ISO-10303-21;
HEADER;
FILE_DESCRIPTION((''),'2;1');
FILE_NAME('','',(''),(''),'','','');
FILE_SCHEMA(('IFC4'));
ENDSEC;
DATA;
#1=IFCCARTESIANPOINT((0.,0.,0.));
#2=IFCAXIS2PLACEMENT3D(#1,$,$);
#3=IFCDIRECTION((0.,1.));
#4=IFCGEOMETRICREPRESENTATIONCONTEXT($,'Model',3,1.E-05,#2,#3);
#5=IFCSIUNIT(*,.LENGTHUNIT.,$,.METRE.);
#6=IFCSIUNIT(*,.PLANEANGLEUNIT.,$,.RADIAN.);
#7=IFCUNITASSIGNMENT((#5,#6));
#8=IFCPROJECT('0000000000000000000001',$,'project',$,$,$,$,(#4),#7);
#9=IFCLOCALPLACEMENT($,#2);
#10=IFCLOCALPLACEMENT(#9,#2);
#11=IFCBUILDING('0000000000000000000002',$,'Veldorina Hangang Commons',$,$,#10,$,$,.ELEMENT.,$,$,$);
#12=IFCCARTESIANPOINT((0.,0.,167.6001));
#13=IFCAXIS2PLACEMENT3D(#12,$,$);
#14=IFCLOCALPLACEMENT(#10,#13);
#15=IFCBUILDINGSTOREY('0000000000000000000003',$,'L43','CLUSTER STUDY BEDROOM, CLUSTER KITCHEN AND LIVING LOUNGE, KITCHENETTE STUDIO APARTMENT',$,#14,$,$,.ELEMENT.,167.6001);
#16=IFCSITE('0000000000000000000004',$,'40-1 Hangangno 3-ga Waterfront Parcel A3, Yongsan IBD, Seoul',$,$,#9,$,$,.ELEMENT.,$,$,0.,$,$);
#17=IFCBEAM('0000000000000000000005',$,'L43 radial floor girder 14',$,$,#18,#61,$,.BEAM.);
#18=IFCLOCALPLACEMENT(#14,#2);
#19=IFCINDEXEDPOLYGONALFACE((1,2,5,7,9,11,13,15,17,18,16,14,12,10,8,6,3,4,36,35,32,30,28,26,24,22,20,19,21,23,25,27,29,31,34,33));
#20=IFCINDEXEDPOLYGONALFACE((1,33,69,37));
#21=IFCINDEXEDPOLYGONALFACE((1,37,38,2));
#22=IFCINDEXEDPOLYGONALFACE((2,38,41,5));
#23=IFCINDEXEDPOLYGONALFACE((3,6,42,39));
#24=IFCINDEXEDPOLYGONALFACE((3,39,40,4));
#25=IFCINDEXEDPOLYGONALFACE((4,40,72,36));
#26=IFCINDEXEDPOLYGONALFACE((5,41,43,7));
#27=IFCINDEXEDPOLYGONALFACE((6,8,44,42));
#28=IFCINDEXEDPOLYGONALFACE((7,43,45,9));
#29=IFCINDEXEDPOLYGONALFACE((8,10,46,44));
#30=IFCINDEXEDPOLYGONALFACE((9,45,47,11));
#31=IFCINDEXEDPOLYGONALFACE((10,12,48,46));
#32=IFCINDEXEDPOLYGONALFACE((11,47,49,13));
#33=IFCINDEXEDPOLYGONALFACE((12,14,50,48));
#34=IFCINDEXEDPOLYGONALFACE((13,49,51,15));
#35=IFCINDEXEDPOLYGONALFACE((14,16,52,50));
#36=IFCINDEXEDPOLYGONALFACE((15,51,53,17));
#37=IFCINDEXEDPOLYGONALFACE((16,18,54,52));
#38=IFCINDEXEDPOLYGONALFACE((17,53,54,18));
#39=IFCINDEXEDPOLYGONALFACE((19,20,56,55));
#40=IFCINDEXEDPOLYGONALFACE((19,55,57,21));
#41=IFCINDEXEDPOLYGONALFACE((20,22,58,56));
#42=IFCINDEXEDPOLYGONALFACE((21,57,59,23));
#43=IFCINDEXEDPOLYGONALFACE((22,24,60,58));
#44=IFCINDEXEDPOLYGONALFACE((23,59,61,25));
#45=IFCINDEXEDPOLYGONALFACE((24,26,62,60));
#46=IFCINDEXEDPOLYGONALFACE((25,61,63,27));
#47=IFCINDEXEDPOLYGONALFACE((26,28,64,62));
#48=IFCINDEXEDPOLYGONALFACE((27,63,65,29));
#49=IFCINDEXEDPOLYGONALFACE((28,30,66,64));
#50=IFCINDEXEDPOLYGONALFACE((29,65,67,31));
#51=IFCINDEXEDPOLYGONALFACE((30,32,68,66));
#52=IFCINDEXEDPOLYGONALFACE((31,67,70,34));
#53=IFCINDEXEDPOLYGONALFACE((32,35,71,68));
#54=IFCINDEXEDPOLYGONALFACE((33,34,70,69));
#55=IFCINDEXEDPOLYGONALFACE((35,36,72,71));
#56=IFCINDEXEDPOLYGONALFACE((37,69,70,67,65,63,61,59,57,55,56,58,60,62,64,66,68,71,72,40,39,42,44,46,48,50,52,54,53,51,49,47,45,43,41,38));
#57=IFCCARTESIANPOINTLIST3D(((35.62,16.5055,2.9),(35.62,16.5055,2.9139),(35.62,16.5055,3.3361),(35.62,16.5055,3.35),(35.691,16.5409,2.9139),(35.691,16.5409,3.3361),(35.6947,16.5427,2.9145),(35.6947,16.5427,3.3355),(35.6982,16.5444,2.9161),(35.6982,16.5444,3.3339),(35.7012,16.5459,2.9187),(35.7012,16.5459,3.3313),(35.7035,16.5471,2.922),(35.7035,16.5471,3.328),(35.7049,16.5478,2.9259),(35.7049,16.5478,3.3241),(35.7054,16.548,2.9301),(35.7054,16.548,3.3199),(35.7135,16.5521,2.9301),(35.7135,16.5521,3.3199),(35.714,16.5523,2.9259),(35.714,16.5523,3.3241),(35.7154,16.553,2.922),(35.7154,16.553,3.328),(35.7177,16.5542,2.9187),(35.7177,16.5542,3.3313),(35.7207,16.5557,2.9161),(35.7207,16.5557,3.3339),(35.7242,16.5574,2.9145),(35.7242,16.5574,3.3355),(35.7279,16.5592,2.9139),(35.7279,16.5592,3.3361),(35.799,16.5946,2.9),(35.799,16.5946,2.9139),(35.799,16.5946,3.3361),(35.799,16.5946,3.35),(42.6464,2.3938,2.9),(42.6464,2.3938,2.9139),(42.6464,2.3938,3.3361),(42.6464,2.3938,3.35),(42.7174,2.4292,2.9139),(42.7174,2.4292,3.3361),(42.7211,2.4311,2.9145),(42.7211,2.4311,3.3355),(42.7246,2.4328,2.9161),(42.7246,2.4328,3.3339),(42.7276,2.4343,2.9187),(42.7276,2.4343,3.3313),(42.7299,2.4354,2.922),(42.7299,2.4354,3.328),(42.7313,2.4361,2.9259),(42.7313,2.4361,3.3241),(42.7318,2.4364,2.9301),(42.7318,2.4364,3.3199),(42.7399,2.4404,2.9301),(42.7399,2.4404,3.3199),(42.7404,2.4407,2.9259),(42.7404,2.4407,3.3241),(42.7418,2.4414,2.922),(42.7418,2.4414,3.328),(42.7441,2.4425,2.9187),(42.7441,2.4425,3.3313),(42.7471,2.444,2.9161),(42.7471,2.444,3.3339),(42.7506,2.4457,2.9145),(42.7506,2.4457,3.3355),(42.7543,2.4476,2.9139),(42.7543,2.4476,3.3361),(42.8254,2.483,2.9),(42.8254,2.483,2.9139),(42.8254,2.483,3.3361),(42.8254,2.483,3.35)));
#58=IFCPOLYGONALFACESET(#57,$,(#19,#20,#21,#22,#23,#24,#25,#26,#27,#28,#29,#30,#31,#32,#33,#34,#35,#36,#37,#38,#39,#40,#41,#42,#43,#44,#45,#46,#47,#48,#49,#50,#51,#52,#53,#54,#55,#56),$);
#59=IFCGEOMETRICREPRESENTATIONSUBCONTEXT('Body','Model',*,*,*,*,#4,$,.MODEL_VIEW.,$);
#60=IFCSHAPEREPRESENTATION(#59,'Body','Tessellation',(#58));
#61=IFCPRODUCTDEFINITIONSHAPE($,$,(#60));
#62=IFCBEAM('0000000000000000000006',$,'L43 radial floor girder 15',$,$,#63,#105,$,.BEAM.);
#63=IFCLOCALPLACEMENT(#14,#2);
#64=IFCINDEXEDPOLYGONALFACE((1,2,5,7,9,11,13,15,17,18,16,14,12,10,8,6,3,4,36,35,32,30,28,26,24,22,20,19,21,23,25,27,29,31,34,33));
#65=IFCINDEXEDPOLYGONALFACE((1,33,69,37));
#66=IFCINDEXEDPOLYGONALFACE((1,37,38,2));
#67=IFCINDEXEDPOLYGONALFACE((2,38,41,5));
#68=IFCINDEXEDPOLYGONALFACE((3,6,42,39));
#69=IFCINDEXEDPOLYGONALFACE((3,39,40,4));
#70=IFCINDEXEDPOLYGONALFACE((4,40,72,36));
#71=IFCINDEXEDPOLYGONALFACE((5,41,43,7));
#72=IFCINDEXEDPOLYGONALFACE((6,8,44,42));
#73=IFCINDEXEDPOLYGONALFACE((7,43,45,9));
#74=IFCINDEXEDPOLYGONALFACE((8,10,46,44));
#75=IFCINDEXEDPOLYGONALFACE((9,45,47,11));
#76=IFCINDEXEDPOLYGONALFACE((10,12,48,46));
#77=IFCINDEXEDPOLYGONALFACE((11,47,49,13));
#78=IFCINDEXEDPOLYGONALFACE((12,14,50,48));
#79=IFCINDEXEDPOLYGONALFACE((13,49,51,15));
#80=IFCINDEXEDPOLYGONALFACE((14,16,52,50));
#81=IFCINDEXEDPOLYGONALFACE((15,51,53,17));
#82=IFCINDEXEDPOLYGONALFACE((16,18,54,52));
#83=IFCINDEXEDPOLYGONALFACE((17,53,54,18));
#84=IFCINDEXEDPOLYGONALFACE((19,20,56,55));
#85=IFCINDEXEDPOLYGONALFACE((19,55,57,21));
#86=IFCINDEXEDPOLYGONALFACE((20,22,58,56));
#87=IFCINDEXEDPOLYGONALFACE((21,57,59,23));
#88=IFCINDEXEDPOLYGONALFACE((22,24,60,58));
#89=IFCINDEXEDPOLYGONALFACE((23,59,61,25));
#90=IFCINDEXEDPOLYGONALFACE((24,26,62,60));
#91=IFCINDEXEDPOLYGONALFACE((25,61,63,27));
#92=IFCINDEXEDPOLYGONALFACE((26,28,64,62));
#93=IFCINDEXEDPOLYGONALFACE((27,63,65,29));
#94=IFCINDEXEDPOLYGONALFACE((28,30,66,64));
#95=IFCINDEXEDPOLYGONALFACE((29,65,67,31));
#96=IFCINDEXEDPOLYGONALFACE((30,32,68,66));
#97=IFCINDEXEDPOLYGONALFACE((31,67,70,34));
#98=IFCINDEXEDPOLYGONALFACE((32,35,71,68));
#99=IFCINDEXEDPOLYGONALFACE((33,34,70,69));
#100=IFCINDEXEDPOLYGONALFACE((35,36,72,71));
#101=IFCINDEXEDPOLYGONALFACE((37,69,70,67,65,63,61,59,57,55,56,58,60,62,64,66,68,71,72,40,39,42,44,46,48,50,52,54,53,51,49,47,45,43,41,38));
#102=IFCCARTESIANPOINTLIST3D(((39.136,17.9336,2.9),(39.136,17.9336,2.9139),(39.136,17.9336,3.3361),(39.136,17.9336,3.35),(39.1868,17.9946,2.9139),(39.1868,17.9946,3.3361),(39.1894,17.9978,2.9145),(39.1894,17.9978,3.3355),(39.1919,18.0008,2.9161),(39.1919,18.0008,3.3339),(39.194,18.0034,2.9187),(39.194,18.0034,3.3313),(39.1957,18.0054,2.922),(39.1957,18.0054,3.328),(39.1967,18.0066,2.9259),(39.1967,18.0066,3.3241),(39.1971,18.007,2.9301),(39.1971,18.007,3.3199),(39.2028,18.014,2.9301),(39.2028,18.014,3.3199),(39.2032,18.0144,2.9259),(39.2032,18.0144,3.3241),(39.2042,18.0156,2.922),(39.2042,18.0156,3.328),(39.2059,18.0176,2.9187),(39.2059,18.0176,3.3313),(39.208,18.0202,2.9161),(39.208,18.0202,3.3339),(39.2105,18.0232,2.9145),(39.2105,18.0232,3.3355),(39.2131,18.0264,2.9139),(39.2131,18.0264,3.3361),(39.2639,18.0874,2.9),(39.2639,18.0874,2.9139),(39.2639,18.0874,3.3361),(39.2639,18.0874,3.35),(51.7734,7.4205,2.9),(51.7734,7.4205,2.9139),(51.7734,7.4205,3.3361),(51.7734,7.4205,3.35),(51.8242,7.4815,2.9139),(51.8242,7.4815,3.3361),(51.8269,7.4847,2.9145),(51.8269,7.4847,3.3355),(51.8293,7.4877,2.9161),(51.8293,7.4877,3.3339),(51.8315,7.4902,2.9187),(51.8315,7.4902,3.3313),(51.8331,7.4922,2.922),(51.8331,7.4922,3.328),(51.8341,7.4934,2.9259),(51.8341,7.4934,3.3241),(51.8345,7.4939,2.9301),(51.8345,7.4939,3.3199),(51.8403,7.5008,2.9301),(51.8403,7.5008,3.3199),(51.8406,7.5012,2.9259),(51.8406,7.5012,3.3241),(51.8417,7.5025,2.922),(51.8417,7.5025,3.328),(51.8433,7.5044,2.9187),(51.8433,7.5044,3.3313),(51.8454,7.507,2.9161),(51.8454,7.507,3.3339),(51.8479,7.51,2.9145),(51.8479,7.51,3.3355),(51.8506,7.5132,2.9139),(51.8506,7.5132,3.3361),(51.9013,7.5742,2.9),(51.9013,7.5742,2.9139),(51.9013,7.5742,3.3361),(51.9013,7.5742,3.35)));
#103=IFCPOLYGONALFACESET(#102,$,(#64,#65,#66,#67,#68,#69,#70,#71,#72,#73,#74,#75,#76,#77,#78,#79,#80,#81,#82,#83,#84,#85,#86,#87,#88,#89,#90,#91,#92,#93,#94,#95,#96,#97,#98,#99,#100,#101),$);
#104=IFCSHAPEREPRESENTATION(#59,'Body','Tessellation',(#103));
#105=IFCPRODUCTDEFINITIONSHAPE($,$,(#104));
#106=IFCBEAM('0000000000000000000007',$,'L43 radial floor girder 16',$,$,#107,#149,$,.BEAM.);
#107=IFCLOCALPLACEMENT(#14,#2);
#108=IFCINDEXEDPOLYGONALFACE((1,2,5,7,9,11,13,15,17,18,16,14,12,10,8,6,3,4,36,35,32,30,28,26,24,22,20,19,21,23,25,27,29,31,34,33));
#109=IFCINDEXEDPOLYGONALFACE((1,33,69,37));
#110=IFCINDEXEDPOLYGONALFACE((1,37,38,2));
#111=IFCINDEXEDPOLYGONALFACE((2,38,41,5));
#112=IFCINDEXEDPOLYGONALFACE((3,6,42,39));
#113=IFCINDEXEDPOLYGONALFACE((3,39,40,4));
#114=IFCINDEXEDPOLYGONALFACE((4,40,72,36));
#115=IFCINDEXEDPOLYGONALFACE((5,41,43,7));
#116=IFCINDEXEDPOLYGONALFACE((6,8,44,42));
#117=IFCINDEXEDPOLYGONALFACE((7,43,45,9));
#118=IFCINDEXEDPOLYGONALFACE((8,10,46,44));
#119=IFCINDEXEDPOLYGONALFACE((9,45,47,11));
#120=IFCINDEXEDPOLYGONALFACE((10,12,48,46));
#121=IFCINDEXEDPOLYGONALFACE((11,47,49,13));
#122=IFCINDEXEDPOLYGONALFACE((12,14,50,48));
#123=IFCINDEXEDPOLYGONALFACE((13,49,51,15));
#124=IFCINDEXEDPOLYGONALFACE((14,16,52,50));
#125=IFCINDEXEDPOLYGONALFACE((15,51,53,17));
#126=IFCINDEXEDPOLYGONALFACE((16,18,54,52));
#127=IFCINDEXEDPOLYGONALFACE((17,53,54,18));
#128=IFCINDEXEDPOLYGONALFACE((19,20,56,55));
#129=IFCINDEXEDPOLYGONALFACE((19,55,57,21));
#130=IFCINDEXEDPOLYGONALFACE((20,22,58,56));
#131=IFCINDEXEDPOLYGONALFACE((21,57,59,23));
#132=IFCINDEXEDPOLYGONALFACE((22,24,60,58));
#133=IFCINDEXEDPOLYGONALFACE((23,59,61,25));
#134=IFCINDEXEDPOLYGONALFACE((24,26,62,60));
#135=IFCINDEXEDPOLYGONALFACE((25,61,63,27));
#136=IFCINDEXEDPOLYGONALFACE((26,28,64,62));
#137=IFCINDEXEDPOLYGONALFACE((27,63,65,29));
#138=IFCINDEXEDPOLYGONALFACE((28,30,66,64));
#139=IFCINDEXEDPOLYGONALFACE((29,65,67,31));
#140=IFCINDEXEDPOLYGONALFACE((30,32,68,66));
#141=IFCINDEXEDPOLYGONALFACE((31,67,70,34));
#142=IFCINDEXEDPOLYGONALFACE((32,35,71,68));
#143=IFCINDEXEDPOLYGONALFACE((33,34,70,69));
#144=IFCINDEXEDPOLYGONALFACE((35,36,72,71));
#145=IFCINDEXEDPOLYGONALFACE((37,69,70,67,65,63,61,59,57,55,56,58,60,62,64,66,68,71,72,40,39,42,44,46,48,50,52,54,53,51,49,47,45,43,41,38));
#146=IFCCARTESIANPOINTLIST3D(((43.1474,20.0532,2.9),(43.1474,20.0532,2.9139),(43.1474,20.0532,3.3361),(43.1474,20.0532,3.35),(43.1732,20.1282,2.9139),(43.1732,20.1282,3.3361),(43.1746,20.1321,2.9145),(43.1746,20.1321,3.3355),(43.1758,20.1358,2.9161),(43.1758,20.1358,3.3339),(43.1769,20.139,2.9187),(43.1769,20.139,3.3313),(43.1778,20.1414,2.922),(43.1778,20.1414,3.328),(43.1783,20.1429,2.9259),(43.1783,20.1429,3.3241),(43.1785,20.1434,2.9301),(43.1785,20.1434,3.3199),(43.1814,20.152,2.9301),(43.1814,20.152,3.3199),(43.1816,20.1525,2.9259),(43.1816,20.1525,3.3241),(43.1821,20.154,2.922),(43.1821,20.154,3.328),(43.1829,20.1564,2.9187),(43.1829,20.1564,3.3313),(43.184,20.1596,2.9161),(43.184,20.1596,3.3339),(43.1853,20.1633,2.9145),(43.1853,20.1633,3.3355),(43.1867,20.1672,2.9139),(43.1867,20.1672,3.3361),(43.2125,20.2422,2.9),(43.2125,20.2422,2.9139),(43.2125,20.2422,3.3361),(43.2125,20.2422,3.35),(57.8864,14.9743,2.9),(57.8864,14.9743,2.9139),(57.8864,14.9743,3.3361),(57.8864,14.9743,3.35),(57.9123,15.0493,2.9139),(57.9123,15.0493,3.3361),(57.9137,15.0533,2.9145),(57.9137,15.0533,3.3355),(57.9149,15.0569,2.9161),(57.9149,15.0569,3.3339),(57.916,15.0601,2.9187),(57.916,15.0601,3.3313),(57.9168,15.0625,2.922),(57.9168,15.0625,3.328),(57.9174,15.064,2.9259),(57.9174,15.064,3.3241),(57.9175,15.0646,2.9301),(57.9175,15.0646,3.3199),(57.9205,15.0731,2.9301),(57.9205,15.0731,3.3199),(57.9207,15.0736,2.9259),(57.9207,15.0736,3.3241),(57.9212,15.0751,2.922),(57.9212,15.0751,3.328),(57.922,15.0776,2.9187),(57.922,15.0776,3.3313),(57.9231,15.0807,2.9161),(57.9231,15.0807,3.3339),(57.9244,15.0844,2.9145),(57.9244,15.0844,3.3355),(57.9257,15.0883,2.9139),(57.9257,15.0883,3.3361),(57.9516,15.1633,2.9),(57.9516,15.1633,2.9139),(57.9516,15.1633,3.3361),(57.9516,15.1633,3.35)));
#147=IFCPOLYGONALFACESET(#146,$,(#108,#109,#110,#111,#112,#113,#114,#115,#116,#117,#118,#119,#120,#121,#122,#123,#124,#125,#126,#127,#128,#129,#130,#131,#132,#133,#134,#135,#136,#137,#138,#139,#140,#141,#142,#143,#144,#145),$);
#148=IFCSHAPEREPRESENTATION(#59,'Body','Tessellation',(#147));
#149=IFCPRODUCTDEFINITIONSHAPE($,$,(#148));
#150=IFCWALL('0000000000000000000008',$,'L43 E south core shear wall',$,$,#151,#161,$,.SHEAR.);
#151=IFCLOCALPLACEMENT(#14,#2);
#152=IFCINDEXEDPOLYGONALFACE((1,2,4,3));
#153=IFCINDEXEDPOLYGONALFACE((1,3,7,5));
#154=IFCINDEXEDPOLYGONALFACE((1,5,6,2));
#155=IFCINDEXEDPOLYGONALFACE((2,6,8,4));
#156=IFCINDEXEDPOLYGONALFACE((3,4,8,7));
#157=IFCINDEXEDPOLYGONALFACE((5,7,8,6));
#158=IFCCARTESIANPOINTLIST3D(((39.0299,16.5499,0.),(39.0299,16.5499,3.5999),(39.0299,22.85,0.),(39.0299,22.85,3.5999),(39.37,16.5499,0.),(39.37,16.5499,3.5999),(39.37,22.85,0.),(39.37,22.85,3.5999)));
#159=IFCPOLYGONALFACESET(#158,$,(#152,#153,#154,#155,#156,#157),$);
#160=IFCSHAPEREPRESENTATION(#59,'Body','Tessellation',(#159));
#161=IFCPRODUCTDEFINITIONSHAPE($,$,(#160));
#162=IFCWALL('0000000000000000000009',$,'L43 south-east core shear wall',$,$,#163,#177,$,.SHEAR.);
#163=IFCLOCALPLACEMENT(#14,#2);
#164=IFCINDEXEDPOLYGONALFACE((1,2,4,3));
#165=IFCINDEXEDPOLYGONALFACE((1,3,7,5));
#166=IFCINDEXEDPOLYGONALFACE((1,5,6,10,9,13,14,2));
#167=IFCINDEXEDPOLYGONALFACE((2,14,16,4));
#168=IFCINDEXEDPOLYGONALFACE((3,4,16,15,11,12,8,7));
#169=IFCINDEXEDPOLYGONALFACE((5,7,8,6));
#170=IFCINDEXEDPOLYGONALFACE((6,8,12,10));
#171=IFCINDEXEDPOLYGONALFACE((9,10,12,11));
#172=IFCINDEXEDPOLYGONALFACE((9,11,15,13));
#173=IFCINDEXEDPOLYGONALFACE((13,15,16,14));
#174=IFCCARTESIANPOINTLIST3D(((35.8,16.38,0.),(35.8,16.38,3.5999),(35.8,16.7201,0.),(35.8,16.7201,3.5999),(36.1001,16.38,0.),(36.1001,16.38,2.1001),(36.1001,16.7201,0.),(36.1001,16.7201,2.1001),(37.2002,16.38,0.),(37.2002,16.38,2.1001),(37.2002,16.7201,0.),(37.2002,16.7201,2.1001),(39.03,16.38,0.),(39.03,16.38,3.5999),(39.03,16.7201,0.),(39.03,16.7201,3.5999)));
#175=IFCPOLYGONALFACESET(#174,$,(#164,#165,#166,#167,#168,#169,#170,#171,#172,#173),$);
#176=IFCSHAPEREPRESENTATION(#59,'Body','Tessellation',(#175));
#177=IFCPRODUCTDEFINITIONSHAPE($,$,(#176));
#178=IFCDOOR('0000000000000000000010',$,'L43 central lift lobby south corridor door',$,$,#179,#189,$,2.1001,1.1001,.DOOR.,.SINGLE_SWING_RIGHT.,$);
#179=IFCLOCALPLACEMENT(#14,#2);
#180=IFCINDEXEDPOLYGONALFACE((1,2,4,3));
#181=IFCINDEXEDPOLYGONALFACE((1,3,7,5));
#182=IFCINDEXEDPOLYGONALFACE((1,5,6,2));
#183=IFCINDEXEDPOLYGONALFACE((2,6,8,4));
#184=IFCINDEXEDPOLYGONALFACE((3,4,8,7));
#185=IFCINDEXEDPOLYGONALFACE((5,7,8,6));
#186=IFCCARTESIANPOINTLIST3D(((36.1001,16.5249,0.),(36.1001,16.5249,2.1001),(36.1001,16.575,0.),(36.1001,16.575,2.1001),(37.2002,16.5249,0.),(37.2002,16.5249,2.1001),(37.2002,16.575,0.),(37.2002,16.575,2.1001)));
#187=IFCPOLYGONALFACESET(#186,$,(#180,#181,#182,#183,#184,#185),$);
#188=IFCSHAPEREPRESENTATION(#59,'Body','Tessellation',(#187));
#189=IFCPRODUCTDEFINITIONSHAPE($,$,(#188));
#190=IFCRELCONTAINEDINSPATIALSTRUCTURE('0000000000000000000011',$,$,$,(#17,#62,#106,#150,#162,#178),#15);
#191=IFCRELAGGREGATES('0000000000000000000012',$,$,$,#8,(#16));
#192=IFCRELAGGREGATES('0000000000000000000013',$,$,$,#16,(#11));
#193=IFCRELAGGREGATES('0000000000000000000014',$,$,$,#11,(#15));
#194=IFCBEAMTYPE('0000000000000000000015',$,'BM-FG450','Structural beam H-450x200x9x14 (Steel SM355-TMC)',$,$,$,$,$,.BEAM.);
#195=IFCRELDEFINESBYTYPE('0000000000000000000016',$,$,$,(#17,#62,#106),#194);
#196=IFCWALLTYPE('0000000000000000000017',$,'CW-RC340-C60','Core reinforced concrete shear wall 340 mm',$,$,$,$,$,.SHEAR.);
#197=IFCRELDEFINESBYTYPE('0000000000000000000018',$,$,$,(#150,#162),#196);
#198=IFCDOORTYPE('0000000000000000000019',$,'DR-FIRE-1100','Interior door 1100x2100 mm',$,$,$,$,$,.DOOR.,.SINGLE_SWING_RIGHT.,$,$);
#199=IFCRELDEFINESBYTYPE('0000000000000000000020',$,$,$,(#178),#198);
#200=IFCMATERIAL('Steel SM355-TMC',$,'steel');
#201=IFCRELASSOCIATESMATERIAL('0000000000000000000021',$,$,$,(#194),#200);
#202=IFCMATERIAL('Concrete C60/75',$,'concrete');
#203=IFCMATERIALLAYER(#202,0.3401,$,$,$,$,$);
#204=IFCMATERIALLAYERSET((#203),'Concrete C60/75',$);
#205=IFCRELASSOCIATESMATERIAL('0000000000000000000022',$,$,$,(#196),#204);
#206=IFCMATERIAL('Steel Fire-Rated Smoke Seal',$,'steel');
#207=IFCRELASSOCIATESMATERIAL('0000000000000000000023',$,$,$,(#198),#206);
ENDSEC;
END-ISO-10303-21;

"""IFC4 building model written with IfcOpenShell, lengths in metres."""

from ifc_helpers import new_model, si_unit, direction, frame, frame_2d, origin, origin_2d, place, context, subcontext, project, spatial, rectangle, i_section, extrude, material, layer, layer_set, material_profile, profile_set, type_object, element, fill, save


model = new_model("IFC4")

# Units and contexts
model_context = context("Model", 3, precision=1e-05, world=origin(), true_north=direction((0.0, 1.0)))
body_context = subcontext(model_context, "Body", "Model", "MODEL_VIEW")
ifc_project = project(units=[si_unit("LENGTHUNIT", "METRE"), si_unit("PLANEANGLEUNIT", "RADIAN")], contexts=[model_context])

# Site, building, storey
site_placement = place(None, origin())
site = spatial("IfcSite", under=ifc_project, at=site_placement, Name="40-1 Hangangno 3-ga Waterfront Parcel A3, Yongsan IBD, Seoul", CompositionType="ELEMENT", RefElevation=0.0)
building_placement = place(site_placement, origin())
building = spatial("IfcBuilding", under=site, at=building_placement, Name="Veldorina Hangang Commons", CompositionType="ELEMENT")
storey_placement = place(building_placement, frame((0.0, 0.0, 167.6001)))
storey = spatial("IfcBuildingStorey", under=building, at=storey_placement, Name="L43", Description="CLUSTER STUDY BEDROOM, CLUSTER KITCHEN AND LIVING LOUNGE, KITCHENETTE STUDIO APARTMENT", CompositionType="ELEMENT", Elevation=167.6001)

# Beams
ifc_material_1 = material(Name="Steel SM355-TMC", Category="steel")
ifc_material_profile = material_profile(ifc_material_1, i_section(OverallWidth=0.2, OverallDepth=0.45, WebThickness=0.009, FlangeThickness=0.0139, FilletRadius=0.0161, at=origin_2d()), Name="H-450x200x9x14")
ifc_profile_set = profile_set([ifc_material_profile], Name="Steel SM355-TMC")
beam_type = type_object("IfcBeamType", Name="BM-FG450", Description="Structural beam H-450x200x9x14 (Steel SM355-TMC)", PredefinedType="BEAM", material=ifc_profile_set)
beam_1_placement = place(storey_placement, frame((35.7095, 16.55, 3.125), z_axis=(0.44572, -0.895172, 0.0), x_axis=(0.895172, 0.44572, 0.0)))
element("IfcBeam", 1, at=beam_1_placement, inside=storey, type_object=beam_type, Name="L43 radial floor girder 14", PredefinedType="BEAM", context=body_context, shape_type="SweptSolid", body=[
    extrude(i_section(OverallWidth=0.2, OverallDepth=0.45, WebThickness=0.009, FlangeThickness=0.0139, FilletRadius=0.0161, at=origin_2d()), origin(), (0.0, 0.0, 1.0), 15.7642),
])
beam_2_placement = place(storey_placement, frame((39.2, 18.0105, 3.125), z_axis=(0.76876, -0.639537, 0.0), x_axis=(0.639537, 0.76876, 0.0)))
element("IfcBeam", 2, at=beam_2_placement, inside=storey, type_object=beam_type, Name="L43 radial floor girder 15", PredefinedType="BEAM", context=body_context, shape_type="SweptSolid", body=[
    extrude(i_section(OverallWidth=0.2, OverallDepth=0.45, WebThickness=0.009, FlangeThickness=0.0139, FilletRadius=0.0161, at=origin_2d()), origin(), (0.0, 0.0, 1.0), 16.4387),
])
beam_3_placement = place(storey_placement, frame((43.1799, 20.1477, 3.125), z_axis=(0.945443, -0.325787, 0.0), x_axis=(0.325787, 0.945443, 0.0)))
element("IfcBeam", 3, at=beam_3_placement, inside=storey, type_object=beam_type, Name="L43 radial floor girder 16", PredefinedType="BEAM", context=body_context, shape_type="SweptSolid", body=[
    extrude(i_section(OverallWidth=0.2, OverallDepth=0.45, WebThickness=0.009, FlangeThickness=0.0139, FilletRadius=0.0161, at=origin_2d()), origin(), (0.0, 0.0, 1.0), 15.5896),
])

# Wall
ifc_material_2 = material(Name="Concrete C60/75", Category="concrete")
ifc_layer_1 = layer(ifc_material_2, 0.3401)
ifc_layer_set_1 = layer_set([ifc_layer_1], Name="Concrete C60/75")
wall_type_1 = type_object("IfcWallType", Name="CW-RC340-C60", Description="Core reinforced concrete shear wall 340 mm", PredefinedType="SHEAR", material=ifc_layer_set_1)
wall_1_placement = place(storey_placement, frame((39.2, 16.55, 0.0), z_axis=(0.0, 0.0, 1.0), x_axis=(0.0, 1.0, 0.0)))
element("IfcWall", 4, at=wall_1_placement, inside=storey, type_object=wall_type_1, Name="L43 E south core shear wall", PredefinedType="SHEAR", context=body_context, shape_type="SweptSolid", body=[
    extrude(rectangle(XDim=6.3, YDim=0.3401, at=frame_2d((3.1499, 0.0))), origin(), (0.0, 0.0, 1.0), 3.5999),
])

# Wall, opening, door
wall_2_placement = place(storey_placement, frame((35.8, 16.55, 0.0), z_axis=(0.0, 0.0, 1.0), x_axis=(1.0, 0.0, 0.0)))
wall_2 = element("IfcWall", 5, at=wall_2_placement, inside=storey, type_object=wall_type_1, Name="L43 south-east core shear wall", PredefinedType="SHEAR", context=body_context, shape_type="SweptSolid", body=[
    extrude(rectangle(XDim=3.23, YDim=0.3401, at=frame_2d((1.615, 0.0))), origin(), (0.0, 0.0, 1.0), 3.5999),
])
opening_1_placement = place(wall_2_placement, frame((0.3, 0.0, 0.0)))
opening_1 = element("IfcOpeningElement", 6, at=opening_1_placement, cuts=wall_2, PredefinedType="OPENING", context=body_context, shape_type="SweptSolid", body=[
    extrude(rectangle(XDim=1.1001, YDim=2.1001, at=frame_2d((0.55, 1.05))), frame((0.0, 0.1802, 0.0), z_axis=(0.0, -1.0, 0.0), x_axis=(1.0, 0.0, 0.0)), (0.0, 0.0, 1.0), 0.3601),
])
ifc_material_3 = material(Name="Steel Fire-Rated Smoke Seal", Category="steel")
door_type_1 = type_object("IfcDoorType", Name="DR-FIRE-1100", Description="Interior door 1100x2100 mm", OperationType="SINGLE_SWING_RIGHT", PredefinedType="DOOR", material=ifc_material_3)
door_1_placement = place(opening_1_placement, origin())
door_1 = element("IfcDoor", 7, at=door_1_placement, inside=storey, type_object=door_type_1, Name="L43 central lift lobby south corridor door", OperationType="SINGLE_SWING_RIGHT", OverallHeight=2.1001, OverallWidth=1.1001, PredefinedType="DOOR", context=body_context, shape_type="SweptSolid", body=[
    extrude(rectangle(XDim=1.1001, YDim=2.1001, at=frame_2d((0.55, 1.05))), frame((0.0, 0.0249, 0.0), z_axis=(0.0, -1.0, 0.0), x_axis=(1.0, 0.0, 0.0)), (0.0, 0.0, 1.0), 0.05),
])
fill(opening_1, door_1)

save(model, "model.ifc")
